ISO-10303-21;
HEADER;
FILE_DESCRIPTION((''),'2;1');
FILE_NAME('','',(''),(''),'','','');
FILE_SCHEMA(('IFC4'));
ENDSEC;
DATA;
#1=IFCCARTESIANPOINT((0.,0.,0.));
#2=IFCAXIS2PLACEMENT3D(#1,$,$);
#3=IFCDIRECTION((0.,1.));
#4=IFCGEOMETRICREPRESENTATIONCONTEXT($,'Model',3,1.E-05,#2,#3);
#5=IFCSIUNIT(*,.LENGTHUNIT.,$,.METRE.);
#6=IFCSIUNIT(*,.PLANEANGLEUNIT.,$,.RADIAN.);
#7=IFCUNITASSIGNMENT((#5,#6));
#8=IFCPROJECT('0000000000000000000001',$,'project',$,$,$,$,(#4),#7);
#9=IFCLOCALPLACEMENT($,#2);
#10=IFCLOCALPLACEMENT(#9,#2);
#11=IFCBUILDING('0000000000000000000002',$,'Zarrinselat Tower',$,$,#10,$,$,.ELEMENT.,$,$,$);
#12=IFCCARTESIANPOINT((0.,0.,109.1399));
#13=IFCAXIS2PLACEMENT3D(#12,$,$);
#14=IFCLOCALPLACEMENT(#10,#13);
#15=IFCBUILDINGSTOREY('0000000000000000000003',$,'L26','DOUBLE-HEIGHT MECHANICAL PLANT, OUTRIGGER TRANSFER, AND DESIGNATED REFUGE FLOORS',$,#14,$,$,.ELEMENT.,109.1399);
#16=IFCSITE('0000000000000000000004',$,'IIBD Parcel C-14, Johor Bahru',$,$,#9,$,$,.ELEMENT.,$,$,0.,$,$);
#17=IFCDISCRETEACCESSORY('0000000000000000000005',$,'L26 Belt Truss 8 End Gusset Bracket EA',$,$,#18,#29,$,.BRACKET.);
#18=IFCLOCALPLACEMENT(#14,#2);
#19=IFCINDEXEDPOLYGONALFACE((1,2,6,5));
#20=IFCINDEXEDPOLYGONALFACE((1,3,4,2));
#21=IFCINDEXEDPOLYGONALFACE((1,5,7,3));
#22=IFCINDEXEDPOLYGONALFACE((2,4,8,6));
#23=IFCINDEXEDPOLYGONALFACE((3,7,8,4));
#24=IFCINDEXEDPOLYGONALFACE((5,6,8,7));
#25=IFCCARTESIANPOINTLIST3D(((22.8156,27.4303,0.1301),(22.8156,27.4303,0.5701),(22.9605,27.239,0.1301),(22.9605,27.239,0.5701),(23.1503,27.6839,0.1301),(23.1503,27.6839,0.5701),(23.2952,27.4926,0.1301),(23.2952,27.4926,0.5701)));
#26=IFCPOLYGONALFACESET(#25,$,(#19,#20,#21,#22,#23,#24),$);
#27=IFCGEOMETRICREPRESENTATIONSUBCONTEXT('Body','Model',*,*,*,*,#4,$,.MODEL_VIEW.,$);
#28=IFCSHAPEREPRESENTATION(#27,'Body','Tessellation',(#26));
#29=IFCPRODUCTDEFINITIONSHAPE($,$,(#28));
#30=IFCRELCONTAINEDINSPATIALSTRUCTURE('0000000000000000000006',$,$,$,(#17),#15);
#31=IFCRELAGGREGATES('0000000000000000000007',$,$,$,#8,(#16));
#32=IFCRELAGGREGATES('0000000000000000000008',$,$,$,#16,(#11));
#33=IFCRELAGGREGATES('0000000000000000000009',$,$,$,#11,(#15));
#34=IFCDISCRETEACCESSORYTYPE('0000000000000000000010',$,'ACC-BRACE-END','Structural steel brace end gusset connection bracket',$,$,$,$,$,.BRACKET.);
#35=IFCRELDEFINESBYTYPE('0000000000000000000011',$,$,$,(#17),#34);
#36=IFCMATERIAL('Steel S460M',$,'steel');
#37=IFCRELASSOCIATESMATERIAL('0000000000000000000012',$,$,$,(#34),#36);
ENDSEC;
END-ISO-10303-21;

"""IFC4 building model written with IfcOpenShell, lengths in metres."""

from ifc_helpers import new_model, si_unit, direction, frame, origin, origin_2d, place, context, subcontext, project, spatial, rectangle, extrude, material, type_object, element, save


model = new_model("IFC4")

# Units and contexts
model_context = context("Model", 3, precision=1e-05, world=origin(), true_north=direction((0.0, 1.0)))
body_context = subcontext(model_context, "Body", "Model", "MODEL_VIEW")
ifc_project = project(units=[si_unit("LENGTHUNIT", "METRE"), si_unit("PLANEANGLEUNIT", "RADIAN")], contexts=[model_context])

# Site, building, storey
site_placement = place(None, origin())
site = spatial("IfcSite", under=ifc_project, at=site_placement, Name="IIBD Parcel C-14, Johor Bahru", CompositionType="ELEMENT", RefElevation=0.0)
building_placement = place(site_placement, origin())
building = spatial("IfcBuilding", under=site, at=building_placement, Name="Zarrinselat Tower", CompositionType="ELEMENT")
storey_placement = place(building_placement, frame((0.0, 0.0, 109.1399)))
storey = spatial("IfcBuildingStorey", under=building, at=storey_placement, Name="L26", Description="DOUBLE-HEIGHT MECHANICAL PLANT, OUTRIGGER TRANSFER, AND DESIGNATED REFUGE FLOORS", CompositionType="ELEMENT", Elevation=109.1399)

# Discrete accessory
ifc_material_1 = material(Name="Steel S460M", Category="steel")
discrete_accessory_type = type_object("IfcDiscreteAccessoryType", Name="ACC-BRACE-END", Description="Structural steel brace end gusset connection bracket", PredefinedType="BRACKET", material=ifc_material_1)
for number, where, z_axis, x_axis, name in (
    (1, (23.0554, 27.4614, 0.1301), (0.0, 0.0, 1.0), (0.60386, -0.797091, 0.0), "L26 Belt Truss 8 End Gusset Bracket EA"),
):
    element("IfcDiscreteAccessory", number, at=place(storey_placement, frame(where, z_axis=z_axis, x_axis=x_axis)), inside=storey, type_object=discrete_accessory_type, Name=name, PredefinedType="BRACKET", context=body_context, shape_type="SweptSolid", body=[
        extrude(rectangle(XDim=0.24, YDim=0.4199, at=origin_2d()), origin(), (0.0, 0.0, 1.0), 0.4399),
    ])

save(model, "model.ifc")
